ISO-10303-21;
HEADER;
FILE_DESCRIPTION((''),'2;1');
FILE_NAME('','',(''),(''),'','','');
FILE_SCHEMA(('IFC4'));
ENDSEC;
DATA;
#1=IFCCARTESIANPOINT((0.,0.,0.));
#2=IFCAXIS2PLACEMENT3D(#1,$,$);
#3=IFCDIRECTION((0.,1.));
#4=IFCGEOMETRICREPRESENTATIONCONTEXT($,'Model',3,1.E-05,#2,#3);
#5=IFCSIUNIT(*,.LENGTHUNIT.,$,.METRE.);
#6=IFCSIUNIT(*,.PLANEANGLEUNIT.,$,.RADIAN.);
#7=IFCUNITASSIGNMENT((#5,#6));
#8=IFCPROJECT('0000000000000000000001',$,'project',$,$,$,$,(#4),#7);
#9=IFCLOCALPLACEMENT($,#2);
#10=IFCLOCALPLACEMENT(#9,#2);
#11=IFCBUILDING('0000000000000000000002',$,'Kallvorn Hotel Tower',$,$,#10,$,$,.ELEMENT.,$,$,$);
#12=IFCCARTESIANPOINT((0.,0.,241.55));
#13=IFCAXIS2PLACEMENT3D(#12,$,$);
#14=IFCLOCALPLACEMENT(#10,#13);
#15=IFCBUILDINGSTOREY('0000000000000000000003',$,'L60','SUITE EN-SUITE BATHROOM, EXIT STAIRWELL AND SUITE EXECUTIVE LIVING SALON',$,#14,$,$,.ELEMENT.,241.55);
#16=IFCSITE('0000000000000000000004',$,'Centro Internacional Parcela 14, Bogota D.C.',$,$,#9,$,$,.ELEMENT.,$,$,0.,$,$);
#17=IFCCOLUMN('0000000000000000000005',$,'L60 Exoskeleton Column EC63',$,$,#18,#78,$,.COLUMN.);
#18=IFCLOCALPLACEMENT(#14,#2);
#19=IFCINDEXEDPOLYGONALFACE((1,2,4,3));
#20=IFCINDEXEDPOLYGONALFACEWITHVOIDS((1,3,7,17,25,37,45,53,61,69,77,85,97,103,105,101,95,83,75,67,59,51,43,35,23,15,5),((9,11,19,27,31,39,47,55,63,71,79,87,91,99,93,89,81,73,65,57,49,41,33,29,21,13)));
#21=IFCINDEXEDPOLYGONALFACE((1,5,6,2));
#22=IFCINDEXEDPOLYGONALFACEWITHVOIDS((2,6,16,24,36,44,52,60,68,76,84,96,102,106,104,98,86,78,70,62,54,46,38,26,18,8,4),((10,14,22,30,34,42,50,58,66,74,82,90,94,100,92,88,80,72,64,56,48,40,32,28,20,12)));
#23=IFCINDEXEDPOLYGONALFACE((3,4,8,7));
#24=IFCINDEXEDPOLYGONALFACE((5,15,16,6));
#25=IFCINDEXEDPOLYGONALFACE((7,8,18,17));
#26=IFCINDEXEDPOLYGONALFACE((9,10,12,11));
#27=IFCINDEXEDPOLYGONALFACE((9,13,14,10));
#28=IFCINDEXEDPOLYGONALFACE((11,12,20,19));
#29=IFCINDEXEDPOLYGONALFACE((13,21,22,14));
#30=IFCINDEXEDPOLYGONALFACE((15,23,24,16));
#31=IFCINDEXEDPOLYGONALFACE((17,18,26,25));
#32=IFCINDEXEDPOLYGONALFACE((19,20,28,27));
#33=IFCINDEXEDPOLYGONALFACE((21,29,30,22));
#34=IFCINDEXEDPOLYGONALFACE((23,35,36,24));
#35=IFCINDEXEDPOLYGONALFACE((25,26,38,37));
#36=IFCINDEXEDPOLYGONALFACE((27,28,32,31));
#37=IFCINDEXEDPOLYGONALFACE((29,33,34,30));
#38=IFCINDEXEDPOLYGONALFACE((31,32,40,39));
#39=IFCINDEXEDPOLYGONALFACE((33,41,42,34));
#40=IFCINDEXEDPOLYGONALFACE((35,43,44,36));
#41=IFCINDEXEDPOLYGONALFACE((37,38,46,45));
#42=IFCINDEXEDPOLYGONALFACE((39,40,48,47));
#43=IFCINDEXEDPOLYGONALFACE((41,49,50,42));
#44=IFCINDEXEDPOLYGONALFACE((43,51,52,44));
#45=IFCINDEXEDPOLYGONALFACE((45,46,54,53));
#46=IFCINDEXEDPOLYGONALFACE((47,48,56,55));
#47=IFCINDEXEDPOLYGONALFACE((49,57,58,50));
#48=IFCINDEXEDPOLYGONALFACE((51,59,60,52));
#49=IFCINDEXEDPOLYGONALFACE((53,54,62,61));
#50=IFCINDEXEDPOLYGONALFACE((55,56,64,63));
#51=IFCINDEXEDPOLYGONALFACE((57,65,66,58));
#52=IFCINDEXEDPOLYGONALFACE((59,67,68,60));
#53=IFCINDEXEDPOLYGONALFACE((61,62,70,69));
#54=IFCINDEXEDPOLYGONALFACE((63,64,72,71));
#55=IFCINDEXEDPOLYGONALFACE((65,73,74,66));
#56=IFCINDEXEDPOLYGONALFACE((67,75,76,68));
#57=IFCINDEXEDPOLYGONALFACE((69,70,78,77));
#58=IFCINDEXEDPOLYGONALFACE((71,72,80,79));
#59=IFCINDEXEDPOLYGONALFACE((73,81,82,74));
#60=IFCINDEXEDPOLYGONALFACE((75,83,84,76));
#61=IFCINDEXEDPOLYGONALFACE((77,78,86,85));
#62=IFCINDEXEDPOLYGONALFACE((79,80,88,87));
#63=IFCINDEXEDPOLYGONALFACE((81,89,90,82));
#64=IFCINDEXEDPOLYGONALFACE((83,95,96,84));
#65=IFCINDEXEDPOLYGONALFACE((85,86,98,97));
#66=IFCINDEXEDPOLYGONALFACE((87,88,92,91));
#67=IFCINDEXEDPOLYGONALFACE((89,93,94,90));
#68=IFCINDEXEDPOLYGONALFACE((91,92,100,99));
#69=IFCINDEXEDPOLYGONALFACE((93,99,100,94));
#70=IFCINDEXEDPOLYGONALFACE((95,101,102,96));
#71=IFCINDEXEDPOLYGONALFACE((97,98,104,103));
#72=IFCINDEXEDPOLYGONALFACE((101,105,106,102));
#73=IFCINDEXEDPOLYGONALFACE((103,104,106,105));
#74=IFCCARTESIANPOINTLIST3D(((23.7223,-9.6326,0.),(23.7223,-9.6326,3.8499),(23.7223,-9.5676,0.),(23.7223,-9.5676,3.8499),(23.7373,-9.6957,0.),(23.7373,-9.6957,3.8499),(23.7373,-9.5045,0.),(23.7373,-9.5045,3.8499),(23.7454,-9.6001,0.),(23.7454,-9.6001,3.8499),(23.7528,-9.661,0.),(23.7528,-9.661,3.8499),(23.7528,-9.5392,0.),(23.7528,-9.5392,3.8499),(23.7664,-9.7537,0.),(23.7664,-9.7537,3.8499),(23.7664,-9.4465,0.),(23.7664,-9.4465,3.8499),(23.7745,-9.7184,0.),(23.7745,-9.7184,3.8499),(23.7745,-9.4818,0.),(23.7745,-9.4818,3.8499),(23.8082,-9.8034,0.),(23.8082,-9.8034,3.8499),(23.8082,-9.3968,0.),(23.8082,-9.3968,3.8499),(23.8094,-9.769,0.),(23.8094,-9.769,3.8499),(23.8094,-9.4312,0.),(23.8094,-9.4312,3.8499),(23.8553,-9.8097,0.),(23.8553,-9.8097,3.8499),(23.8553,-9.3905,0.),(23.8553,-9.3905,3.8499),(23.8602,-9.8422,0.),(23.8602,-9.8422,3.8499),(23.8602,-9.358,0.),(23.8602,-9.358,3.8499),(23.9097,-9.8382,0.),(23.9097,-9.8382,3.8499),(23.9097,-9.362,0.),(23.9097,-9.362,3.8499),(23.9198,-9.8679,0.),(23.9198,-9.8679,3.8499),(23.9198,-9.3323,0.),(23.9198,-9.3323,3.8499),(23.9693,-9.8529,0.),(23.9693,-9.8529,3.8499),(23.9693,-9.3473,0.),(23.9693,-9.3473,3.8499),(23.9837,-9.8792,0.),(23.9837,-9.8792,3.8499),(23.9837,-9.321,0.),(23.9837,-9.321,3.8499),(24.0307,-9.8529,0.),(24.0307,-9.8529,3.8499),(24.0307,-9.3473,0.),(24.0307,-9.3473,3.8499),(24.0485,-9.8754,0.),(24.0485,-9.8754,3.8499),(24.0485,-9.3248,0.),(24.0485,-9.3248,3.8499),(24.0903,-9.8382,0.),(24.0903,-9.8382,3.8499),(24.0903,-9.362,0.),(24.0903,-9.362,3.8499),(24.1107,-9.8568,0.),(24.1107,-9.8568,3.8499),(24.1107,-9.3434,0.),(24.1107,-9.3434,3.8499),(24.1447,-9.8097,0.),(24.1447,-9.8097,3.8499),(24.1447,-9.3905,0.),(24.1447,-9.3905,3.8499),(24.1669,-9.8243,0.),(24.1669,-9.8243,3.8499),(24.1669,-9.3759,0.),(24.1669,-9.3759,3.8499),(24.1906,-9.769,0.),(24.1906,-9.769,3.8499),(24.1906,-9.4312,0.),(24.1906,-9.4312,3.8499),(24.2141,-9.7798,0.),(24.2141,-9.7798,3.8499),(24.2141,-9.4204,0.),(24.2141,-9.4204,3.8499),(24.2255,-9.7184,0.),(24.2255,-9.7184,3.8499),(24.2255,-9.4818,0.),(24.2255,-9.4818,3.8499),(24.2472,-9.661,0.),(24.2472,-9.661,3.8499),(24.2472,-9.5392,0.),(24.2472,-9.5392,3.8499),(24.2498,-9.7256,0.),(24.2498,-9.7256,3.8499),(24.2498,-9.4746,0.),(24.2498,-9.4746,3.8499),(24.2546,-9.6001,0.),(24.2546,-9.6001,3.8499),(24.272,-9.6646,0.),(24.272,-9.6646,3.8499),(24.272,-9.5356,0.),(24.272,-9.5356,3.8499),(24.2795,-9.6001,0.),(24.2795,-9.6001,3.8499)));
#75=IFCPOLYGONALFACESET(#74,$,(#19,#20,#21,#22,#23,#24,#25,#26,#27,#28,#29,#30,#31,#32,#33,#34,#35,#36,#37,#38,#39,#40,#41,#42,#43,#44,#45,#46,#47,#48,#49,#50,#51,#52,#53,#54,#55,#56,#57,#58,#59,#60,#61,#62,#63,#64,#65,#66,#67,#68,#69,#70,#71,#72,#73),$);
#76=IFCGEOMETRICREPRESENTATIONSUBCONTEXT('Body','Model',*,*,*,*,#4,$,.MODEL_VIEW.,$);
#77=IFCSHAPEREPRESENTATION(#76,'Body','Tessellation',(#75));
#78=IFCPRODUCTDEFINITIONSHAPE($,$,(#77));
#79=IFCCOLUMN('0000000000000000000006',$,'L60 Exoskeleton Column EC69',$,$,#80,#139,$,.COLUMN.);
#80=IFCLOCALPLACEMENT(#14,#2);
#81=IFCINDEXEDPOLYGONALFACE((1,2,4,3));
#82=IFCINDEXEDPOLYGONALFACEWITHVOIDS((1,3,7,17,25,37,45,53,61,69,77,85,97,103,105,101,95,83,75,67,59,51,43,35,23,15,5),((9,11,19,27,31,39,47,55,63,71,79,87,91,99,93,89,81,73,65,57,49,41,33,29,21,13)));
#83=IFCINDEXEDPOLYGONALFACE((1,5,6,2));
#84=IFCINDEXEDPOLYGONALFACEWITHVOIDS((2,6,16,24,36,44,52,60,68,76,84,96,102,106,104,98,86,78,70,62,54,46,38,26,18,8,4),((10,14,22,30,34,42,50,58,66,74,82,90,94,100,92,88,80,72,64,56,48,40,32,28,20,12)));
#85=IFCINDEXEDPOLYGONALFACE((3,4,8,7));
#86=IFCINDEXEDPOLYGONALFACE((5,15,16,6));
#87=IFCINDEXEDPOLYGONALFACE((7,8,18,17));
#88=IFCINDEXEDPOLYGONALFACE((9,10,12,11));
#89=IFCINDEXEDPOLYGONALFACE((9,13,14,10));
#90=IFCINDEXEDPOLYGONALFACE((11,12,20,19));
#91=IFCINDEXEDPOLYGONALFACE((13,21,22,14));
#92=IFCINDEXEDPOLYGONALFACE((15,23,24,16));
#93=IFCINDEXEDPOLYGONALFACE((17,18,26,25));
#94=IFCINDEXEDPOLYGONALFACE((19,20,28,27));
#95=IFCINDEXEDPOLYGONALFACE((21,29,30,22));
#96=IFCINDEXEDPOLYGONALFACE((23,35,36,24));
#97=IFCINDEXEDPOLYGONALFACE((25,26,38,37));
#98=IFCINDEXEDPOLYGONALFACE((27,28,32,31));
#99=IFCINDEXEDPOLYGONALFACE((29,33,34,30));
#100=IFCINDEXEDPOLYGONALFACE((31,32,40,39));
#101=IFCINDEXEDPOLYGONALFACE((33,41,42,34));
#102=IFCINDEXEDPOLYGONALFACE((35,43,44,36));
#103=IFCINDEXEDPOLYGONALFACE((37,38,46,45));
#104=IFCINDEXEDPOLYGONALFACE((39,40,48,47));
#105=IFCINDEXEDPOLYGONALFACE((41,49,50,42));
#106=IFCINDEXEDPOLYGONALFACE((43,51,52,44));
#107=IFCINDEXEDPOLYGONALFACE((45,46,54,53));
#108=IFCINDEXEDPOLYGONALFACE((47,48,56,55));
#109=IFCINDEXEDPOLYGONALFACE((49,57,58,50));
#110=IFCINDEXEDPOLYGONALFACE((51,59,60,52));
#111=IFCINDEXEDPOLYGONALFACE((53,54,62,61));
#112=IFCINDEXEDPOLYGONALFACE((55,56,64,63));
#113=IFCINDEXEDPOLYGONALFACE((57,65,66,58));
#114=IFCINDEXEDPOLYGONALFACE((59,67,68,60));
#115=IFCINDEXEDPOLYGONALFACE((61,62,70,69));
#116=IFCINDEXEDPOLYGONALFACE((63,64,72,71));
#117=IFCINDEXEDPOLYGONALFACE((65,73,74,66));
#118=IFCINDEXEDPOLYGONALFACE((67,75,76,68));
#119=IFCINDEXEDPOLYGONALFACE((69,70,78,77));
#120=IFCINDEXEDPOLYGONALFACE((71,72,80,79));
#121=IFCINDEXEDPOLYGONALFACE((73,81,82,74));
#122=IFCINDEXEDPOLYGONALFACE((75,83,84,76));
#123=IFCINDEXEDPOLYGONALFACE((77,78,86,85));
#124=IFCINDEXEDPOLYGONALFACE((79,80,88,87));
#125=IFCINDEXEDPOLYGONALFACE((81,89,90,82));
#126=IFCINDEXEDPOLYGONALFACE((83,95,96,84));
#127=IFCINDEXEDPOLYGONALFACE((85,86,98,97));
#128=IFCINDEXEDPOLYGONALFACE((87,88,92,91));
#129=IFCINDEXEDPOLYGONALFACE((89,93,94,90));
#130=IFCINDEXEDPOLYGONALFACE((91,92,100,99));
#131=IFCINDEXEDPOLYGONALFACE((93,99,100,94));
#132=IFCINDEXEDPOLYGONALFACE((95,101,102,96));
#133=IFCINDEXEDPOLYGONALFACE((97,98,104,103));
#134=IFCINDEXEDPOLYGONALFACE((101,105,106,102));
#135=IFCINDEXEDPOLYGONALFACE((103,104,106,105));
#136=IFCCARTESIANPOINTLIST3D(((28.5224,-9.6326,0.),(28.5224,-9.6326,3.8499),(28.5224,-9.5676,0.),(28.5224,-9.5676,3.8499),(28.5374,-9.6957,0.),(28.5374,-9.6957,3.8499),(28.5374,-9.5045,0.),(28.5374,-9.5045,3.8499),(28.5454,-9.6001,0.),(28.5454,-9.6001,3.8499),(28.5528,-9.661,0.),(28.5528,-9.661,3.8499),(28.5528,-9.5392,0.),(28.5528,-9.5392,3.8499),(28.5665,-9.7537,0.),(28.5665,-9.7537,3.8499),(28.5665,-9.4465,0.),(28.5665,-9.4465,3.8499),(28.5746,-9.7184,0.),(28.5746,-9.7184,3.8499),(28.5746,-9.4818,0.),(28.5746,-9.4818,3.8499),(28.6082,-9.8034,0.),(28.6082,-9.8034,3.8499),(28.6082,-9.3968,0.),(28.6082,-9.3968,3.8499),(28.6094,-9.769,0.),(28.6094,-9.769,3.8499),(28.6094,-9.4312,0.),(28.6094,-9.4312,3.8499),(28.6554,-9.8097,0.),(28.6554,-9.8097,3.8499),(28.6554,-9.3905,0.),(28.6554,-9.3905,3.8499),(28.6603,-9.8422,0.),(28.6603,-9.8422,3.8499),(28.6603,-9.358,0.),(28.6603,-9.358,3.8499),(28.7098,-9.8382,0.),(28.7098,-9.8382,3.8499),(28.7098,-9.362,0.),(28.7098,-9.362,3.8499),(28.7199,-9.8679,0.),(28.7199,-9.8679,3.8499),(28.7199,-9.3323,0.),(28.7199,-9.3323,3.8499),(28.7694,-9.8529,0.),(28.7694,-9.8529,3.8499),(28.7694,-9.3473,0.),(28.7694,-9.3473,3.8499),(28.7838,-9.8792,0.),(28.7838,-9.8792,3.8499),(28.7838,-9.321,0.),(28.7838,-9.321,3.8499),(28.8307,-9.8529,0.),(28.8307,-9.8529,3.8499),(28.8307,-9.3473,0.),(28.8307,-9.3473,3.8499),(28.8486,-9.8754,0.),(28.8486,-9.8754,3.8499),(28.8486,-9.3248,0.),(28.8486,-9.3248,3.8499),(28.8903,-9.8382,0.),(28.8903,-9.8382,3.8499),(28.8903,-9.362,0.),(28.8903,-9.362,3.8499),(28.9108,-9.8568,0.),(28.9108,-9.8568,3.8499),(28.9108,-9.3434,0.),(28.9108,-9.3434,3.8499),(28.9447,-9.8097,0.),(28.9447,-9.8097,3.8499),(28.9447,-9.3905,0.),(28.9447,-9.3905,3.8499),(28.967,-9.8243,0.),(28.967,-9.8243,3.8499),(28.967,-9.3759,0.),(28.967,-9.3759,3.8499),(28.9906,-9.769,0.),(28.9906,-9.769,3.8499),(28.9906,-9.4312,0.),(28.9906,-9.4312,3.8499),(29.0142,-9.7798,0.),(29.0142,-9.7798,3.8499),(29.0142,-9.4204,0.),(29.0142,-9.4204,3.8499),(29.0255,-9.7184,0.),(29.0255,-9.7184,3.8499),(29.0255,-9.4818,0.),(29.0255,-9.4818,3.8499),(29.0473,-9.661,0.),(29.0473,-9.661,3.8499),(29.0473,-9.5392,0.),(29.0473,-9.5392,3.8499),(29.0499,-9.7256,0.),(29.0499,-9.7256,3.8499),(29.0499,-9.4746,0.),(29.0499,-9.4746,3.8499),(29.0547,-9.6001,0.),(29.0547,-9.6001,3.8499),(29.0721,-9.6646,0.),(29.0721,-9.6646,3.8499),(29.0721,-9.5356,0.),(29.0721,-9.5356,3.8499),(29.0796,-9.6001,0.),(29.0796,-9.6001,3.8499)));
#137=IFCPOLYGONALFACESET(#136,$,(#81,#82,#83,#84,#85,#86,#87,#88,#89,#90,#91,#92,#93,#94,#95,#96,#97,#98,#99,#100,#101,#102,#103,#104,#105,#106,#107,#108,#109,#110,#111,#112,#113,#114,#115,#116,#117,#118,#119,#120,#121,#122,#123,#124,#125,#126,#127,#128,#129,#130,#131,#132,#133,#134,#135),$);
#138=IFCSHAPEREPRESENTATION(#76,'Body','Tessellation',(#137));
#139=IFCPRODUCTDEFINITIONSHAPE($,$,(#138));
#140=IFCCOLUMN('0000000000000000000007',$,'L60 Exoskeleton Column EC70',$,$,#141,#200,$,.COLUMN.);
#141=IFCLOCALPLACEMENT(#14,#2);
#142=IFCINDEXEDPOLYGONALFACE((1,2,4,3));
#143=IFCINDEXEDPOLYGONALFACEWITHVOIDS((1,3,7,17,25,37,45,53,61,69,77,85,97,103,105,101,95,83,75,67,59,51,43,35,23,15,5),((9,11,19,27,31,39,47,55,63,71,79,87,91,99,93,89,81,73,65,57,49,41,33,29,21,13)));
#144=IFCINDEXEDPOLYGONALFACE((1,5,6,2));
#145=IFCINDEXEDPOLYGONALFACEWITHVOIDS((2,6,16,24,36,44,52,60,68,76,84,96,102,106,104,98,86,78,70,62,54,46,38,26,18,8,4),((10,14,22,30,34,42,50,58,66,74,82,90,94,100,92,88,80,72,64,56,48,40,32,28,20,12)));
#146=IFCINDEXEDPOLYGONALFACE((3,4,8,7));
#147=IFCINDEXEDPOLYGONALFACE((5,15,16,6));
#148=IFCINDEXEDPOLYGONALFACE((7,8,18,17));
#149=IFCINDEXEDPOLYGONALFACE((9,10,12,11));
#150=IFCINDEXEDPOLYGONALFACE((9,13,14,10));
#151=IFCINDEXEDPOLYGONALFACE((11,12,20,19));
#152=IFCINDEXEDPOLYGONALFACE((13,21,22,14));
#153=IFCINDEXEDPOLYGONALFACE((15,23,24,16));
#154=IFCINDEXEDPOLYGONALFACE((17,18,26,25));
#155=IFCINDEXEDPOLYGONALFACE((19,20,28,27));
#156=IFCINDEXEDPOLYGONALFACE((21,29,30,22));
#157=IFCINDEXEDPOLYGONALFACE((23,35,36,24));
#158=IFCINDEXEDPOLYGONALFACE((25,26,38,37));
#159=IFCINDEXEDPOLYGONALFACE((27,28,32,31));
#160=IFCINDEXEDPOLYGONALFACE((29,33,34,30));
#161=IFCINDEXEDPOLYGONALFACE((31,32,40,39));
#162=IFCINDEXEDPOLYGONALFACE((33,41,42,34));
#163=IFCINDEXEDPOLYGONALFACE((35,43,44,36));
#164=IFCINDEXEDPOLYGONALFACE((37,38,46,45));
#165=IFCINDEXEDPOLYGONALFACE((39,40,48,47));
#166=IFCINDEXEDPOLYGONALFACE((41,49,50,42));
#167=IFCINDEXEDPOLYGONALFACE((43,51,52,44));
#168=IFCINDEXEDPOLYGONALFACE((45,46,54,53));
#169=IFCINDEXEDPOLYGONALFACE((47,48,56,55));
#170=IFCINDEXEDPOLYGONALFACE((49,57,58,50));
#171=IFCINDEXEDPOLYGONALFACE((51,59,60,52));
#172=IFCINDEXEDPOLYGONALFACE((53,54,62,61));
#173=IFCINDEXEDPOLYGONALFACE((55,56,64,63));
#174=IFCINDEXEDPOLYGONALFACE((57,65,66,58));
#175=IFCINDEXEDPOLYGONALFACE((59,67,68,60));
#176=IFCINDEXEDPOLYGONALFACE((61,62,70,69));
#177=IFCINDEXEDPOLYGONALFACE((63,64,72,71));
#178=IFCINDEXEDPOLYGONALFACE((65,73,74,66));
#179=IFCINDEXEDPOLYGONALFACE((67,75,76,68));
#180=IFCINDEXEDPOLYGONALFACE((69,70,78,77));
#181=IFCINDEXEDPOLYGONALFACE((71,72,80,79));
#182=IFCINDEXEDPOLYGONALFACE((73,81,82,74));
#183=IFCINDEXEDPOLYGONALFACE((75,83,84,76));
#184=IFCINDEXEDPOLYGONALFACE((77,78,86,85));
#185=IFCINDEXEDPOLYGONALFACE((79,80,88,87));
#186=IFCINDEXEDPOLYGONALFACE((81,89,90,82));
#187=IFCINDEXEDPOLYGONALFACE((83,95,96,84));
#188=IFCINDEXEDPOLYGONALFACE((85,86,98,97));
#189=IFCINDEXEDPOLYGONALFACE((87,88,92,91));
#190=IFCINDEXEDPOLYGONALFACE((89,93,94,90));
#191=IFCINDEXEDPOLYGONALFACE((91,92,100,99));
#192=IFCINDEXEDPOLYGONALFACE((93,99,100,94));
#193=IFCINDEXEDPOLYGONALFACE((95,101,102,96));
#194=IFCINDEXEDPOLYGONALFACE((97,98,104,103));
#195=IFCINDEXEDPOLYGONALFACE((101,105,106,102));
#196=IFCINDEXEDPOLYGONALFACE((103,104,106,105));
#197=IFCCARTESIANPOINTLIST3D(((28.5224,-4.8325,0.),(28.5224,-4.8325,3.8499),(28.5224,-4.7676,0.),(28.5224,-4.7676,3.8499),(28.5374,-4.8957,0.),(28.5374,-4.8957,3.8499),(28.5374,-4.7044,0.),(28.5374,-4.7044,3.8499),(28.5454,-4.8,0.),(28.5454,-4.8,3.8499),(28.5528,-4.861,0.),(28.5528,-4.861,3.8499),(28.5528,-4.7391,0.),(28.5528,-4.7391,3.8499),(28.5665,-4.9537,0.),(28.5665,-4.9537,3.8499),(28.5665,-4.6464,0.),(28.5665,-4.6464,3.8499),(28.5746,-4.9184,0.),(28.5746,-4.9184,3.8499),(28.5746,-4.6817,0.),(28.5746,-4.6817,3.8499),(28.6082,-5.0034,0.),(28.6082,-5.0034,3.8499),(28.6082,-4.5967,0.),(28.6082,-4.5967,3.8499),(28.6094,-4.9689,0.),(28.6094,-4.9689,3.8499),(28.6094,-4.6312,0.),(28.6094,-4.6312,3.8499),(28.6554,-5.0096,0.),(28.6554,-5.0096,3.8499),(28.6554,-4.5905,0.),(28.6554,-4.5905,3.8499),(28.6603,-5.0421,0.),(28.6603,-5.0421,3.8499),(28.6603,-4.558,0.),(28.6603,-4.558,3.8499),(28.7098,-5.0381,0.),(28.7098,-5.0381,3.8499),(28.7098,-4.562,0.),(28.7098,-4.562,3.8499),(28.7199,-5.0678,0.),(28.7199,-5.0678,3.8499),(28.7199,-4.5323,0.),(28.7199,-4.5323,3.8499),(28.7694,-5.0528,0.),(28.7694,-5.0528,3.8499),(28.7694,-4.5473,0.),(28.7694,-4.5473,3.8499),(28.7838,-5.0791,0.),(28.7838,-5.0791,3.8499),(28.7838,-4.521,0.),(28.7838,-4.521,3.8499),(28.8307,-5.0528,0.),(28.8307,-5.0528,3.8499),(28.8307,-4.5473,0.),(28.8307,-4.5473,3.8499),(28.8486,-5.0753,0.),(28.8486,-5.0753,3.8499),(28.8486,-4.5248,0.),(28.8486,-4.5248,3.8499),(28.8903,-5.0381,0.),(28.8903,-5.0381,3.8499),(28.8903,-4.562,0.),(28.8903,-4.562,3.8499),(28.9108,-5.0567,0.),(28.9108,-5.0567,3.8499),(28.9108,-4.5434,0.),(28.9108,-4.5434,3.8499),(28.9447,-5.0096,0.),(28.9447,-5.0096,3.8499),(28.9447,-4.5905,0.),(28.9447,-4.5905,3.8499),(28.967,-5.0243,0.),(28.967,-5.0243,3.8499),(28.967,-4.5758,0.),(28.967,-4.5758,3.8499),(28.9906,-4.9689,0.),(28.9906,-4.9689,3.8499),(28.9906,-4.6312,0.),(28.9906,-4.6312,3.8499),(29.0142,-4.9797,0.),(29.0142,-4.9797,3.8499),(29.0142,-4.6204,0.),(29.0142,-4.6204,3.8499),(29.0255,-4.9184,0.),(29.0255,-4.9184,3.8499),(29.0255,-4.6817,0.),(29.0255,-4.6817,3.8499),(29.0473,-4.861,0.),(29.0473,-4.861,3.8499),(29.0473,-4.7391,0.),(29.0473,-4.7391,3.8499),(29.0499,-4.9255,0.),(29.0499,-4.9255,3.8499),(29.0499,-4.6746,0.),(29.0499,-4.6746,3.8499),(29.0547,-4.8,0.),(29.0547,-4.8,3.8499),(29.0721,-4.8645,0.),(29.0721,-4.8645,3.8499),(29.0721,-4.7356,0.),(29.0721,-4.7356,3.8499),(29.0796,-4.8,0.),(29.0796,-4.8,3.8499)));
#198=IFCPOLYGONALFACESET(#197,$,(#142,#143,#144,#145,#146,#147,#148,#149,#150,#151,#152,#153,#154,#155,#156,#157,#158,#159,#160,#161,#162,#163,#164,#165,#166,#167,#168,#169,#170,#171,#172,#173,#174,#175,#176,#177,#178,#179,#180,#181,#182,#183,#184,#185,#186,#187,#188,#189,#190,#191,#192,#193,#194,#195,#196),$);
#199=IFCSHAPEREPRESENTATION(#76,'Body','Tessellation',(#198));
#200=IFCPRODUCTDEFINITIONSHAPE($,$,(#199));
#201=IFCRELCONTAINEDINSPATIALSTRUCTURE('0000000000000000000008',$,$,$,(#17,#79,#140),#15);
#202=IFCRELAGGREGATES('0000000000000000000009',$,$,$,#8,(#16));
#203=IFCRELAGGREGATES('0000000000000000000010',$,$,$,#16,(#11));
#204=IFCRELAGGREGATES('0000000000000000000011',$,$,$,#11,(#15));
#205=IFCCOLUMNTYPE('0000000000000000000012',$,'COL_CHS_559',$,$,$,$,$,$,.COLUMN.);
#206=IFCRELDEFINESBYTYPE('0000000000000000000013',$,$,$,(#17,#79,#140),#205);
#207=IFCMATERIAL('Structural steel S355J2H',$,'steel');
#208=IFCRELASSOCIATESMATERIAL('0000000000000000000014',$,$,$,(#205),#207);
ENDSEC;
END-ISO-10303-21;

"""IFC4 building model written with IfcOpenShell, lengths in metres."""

from ifc_helpers import new_model, si_unit, direction, frame, origin, origin_2d, place, context, subcontext, project, spatial, hollow_circle, extrude, material, material_profile, profile_set, type_object, element, save


model = new_model("IFC4")

# Units and contexts
model_context = context("Model", 3, precision=1e-05, world=origin(), true_north=direction((0.0, 1.0)))
body_context = subcontext(model_context, "Body", "Model", "MODEL_VIEW")
ifc_project = project(units=[si_unit("LENGTHUNIT", "METRE"), si_unit("PLANEANGLEUNIT", "RADIAN")], contexts=[model_context])

# Site, building, storey
site_placement = place(None, origin())
site = spatial("IfcSite", under=ifc_project, at=site_placement, Name="Centro Internacional Parcela 14, Bogota D.C.", CompositionType="ELEMENT", RefElevation=0.0)
building_placement = place(site_placement, origin())
building = spatial("IfcBuilding", under=site, at=building_placement, Name="Kallvorn Hotel Tower", CompositionType="ELEMENT")
storey_placement = place(building_placement, frame((0.0, 0.0, 241.55)))
storey = spatial("IfcBuildingStorey", under=building, at=storey_placement, Name="L60", Description="SUITE EN-SUITE BATHROOM, EXIT STAIRWELL AND SUITE EXECUTIVE LIVING SALON", CompositionType="ELEMENT", Elevation=241.55)

# Columns
ifc_material_1 = material(Name="Structural steel S355J2H", Category="steel")
ifc_material_profile_1 = material_profile(ifc_material_1, hollow_circle(Radius=0.2795, WallThickness=0.0249, at=origin_2d()), Name="CHS 559x25")
ifc_profile_set_1 = profile_set([ifc_material_profile_1], Name="Structural steel S355J2H")
column_type_1 = type_object("IfcColumnType", Name="COL_CHS_559", PredefinedType="COLUMN", material=ifc_profile_set_1)
for number, where, z_axis, x_axis, name in (
    (1, (24.0, -9.6001, 0.0), (0.0, 0.0, 1.0), (1.0, 0.0, 0.0), "L60 Exoskeleton Column EC63"),
    (2, (28.8, -9.6001, 0.0), (0.0, 0.0, 1.0), (1.0, 0.0, 0.0), "L60 Exoskeleton Column EC69"),
    (3, (28.8, -4.8, 0.0), (0.0, 0.0, 1.0), (1.0, 0.0, 0.0), "L60 Exoskeleton Column EC70"),
):
    element("IfcColumn", number, at=place(storey_placement, frame(where, z_axis=z_axis, x_axis=x_axis)), inside=storey, type_object=column_type_1, Name=name, PredefinedType="COLUMN", context=body_context, shape_type="SweptSolid", body=[
        extrude(hollow_circle(Radius=0.2795, WallThickness=0.0249, at=origin_2d()), origin(), (0.0, 0.0, 1.0), 3.8499),
    ])

save(model, "model.ifc")
